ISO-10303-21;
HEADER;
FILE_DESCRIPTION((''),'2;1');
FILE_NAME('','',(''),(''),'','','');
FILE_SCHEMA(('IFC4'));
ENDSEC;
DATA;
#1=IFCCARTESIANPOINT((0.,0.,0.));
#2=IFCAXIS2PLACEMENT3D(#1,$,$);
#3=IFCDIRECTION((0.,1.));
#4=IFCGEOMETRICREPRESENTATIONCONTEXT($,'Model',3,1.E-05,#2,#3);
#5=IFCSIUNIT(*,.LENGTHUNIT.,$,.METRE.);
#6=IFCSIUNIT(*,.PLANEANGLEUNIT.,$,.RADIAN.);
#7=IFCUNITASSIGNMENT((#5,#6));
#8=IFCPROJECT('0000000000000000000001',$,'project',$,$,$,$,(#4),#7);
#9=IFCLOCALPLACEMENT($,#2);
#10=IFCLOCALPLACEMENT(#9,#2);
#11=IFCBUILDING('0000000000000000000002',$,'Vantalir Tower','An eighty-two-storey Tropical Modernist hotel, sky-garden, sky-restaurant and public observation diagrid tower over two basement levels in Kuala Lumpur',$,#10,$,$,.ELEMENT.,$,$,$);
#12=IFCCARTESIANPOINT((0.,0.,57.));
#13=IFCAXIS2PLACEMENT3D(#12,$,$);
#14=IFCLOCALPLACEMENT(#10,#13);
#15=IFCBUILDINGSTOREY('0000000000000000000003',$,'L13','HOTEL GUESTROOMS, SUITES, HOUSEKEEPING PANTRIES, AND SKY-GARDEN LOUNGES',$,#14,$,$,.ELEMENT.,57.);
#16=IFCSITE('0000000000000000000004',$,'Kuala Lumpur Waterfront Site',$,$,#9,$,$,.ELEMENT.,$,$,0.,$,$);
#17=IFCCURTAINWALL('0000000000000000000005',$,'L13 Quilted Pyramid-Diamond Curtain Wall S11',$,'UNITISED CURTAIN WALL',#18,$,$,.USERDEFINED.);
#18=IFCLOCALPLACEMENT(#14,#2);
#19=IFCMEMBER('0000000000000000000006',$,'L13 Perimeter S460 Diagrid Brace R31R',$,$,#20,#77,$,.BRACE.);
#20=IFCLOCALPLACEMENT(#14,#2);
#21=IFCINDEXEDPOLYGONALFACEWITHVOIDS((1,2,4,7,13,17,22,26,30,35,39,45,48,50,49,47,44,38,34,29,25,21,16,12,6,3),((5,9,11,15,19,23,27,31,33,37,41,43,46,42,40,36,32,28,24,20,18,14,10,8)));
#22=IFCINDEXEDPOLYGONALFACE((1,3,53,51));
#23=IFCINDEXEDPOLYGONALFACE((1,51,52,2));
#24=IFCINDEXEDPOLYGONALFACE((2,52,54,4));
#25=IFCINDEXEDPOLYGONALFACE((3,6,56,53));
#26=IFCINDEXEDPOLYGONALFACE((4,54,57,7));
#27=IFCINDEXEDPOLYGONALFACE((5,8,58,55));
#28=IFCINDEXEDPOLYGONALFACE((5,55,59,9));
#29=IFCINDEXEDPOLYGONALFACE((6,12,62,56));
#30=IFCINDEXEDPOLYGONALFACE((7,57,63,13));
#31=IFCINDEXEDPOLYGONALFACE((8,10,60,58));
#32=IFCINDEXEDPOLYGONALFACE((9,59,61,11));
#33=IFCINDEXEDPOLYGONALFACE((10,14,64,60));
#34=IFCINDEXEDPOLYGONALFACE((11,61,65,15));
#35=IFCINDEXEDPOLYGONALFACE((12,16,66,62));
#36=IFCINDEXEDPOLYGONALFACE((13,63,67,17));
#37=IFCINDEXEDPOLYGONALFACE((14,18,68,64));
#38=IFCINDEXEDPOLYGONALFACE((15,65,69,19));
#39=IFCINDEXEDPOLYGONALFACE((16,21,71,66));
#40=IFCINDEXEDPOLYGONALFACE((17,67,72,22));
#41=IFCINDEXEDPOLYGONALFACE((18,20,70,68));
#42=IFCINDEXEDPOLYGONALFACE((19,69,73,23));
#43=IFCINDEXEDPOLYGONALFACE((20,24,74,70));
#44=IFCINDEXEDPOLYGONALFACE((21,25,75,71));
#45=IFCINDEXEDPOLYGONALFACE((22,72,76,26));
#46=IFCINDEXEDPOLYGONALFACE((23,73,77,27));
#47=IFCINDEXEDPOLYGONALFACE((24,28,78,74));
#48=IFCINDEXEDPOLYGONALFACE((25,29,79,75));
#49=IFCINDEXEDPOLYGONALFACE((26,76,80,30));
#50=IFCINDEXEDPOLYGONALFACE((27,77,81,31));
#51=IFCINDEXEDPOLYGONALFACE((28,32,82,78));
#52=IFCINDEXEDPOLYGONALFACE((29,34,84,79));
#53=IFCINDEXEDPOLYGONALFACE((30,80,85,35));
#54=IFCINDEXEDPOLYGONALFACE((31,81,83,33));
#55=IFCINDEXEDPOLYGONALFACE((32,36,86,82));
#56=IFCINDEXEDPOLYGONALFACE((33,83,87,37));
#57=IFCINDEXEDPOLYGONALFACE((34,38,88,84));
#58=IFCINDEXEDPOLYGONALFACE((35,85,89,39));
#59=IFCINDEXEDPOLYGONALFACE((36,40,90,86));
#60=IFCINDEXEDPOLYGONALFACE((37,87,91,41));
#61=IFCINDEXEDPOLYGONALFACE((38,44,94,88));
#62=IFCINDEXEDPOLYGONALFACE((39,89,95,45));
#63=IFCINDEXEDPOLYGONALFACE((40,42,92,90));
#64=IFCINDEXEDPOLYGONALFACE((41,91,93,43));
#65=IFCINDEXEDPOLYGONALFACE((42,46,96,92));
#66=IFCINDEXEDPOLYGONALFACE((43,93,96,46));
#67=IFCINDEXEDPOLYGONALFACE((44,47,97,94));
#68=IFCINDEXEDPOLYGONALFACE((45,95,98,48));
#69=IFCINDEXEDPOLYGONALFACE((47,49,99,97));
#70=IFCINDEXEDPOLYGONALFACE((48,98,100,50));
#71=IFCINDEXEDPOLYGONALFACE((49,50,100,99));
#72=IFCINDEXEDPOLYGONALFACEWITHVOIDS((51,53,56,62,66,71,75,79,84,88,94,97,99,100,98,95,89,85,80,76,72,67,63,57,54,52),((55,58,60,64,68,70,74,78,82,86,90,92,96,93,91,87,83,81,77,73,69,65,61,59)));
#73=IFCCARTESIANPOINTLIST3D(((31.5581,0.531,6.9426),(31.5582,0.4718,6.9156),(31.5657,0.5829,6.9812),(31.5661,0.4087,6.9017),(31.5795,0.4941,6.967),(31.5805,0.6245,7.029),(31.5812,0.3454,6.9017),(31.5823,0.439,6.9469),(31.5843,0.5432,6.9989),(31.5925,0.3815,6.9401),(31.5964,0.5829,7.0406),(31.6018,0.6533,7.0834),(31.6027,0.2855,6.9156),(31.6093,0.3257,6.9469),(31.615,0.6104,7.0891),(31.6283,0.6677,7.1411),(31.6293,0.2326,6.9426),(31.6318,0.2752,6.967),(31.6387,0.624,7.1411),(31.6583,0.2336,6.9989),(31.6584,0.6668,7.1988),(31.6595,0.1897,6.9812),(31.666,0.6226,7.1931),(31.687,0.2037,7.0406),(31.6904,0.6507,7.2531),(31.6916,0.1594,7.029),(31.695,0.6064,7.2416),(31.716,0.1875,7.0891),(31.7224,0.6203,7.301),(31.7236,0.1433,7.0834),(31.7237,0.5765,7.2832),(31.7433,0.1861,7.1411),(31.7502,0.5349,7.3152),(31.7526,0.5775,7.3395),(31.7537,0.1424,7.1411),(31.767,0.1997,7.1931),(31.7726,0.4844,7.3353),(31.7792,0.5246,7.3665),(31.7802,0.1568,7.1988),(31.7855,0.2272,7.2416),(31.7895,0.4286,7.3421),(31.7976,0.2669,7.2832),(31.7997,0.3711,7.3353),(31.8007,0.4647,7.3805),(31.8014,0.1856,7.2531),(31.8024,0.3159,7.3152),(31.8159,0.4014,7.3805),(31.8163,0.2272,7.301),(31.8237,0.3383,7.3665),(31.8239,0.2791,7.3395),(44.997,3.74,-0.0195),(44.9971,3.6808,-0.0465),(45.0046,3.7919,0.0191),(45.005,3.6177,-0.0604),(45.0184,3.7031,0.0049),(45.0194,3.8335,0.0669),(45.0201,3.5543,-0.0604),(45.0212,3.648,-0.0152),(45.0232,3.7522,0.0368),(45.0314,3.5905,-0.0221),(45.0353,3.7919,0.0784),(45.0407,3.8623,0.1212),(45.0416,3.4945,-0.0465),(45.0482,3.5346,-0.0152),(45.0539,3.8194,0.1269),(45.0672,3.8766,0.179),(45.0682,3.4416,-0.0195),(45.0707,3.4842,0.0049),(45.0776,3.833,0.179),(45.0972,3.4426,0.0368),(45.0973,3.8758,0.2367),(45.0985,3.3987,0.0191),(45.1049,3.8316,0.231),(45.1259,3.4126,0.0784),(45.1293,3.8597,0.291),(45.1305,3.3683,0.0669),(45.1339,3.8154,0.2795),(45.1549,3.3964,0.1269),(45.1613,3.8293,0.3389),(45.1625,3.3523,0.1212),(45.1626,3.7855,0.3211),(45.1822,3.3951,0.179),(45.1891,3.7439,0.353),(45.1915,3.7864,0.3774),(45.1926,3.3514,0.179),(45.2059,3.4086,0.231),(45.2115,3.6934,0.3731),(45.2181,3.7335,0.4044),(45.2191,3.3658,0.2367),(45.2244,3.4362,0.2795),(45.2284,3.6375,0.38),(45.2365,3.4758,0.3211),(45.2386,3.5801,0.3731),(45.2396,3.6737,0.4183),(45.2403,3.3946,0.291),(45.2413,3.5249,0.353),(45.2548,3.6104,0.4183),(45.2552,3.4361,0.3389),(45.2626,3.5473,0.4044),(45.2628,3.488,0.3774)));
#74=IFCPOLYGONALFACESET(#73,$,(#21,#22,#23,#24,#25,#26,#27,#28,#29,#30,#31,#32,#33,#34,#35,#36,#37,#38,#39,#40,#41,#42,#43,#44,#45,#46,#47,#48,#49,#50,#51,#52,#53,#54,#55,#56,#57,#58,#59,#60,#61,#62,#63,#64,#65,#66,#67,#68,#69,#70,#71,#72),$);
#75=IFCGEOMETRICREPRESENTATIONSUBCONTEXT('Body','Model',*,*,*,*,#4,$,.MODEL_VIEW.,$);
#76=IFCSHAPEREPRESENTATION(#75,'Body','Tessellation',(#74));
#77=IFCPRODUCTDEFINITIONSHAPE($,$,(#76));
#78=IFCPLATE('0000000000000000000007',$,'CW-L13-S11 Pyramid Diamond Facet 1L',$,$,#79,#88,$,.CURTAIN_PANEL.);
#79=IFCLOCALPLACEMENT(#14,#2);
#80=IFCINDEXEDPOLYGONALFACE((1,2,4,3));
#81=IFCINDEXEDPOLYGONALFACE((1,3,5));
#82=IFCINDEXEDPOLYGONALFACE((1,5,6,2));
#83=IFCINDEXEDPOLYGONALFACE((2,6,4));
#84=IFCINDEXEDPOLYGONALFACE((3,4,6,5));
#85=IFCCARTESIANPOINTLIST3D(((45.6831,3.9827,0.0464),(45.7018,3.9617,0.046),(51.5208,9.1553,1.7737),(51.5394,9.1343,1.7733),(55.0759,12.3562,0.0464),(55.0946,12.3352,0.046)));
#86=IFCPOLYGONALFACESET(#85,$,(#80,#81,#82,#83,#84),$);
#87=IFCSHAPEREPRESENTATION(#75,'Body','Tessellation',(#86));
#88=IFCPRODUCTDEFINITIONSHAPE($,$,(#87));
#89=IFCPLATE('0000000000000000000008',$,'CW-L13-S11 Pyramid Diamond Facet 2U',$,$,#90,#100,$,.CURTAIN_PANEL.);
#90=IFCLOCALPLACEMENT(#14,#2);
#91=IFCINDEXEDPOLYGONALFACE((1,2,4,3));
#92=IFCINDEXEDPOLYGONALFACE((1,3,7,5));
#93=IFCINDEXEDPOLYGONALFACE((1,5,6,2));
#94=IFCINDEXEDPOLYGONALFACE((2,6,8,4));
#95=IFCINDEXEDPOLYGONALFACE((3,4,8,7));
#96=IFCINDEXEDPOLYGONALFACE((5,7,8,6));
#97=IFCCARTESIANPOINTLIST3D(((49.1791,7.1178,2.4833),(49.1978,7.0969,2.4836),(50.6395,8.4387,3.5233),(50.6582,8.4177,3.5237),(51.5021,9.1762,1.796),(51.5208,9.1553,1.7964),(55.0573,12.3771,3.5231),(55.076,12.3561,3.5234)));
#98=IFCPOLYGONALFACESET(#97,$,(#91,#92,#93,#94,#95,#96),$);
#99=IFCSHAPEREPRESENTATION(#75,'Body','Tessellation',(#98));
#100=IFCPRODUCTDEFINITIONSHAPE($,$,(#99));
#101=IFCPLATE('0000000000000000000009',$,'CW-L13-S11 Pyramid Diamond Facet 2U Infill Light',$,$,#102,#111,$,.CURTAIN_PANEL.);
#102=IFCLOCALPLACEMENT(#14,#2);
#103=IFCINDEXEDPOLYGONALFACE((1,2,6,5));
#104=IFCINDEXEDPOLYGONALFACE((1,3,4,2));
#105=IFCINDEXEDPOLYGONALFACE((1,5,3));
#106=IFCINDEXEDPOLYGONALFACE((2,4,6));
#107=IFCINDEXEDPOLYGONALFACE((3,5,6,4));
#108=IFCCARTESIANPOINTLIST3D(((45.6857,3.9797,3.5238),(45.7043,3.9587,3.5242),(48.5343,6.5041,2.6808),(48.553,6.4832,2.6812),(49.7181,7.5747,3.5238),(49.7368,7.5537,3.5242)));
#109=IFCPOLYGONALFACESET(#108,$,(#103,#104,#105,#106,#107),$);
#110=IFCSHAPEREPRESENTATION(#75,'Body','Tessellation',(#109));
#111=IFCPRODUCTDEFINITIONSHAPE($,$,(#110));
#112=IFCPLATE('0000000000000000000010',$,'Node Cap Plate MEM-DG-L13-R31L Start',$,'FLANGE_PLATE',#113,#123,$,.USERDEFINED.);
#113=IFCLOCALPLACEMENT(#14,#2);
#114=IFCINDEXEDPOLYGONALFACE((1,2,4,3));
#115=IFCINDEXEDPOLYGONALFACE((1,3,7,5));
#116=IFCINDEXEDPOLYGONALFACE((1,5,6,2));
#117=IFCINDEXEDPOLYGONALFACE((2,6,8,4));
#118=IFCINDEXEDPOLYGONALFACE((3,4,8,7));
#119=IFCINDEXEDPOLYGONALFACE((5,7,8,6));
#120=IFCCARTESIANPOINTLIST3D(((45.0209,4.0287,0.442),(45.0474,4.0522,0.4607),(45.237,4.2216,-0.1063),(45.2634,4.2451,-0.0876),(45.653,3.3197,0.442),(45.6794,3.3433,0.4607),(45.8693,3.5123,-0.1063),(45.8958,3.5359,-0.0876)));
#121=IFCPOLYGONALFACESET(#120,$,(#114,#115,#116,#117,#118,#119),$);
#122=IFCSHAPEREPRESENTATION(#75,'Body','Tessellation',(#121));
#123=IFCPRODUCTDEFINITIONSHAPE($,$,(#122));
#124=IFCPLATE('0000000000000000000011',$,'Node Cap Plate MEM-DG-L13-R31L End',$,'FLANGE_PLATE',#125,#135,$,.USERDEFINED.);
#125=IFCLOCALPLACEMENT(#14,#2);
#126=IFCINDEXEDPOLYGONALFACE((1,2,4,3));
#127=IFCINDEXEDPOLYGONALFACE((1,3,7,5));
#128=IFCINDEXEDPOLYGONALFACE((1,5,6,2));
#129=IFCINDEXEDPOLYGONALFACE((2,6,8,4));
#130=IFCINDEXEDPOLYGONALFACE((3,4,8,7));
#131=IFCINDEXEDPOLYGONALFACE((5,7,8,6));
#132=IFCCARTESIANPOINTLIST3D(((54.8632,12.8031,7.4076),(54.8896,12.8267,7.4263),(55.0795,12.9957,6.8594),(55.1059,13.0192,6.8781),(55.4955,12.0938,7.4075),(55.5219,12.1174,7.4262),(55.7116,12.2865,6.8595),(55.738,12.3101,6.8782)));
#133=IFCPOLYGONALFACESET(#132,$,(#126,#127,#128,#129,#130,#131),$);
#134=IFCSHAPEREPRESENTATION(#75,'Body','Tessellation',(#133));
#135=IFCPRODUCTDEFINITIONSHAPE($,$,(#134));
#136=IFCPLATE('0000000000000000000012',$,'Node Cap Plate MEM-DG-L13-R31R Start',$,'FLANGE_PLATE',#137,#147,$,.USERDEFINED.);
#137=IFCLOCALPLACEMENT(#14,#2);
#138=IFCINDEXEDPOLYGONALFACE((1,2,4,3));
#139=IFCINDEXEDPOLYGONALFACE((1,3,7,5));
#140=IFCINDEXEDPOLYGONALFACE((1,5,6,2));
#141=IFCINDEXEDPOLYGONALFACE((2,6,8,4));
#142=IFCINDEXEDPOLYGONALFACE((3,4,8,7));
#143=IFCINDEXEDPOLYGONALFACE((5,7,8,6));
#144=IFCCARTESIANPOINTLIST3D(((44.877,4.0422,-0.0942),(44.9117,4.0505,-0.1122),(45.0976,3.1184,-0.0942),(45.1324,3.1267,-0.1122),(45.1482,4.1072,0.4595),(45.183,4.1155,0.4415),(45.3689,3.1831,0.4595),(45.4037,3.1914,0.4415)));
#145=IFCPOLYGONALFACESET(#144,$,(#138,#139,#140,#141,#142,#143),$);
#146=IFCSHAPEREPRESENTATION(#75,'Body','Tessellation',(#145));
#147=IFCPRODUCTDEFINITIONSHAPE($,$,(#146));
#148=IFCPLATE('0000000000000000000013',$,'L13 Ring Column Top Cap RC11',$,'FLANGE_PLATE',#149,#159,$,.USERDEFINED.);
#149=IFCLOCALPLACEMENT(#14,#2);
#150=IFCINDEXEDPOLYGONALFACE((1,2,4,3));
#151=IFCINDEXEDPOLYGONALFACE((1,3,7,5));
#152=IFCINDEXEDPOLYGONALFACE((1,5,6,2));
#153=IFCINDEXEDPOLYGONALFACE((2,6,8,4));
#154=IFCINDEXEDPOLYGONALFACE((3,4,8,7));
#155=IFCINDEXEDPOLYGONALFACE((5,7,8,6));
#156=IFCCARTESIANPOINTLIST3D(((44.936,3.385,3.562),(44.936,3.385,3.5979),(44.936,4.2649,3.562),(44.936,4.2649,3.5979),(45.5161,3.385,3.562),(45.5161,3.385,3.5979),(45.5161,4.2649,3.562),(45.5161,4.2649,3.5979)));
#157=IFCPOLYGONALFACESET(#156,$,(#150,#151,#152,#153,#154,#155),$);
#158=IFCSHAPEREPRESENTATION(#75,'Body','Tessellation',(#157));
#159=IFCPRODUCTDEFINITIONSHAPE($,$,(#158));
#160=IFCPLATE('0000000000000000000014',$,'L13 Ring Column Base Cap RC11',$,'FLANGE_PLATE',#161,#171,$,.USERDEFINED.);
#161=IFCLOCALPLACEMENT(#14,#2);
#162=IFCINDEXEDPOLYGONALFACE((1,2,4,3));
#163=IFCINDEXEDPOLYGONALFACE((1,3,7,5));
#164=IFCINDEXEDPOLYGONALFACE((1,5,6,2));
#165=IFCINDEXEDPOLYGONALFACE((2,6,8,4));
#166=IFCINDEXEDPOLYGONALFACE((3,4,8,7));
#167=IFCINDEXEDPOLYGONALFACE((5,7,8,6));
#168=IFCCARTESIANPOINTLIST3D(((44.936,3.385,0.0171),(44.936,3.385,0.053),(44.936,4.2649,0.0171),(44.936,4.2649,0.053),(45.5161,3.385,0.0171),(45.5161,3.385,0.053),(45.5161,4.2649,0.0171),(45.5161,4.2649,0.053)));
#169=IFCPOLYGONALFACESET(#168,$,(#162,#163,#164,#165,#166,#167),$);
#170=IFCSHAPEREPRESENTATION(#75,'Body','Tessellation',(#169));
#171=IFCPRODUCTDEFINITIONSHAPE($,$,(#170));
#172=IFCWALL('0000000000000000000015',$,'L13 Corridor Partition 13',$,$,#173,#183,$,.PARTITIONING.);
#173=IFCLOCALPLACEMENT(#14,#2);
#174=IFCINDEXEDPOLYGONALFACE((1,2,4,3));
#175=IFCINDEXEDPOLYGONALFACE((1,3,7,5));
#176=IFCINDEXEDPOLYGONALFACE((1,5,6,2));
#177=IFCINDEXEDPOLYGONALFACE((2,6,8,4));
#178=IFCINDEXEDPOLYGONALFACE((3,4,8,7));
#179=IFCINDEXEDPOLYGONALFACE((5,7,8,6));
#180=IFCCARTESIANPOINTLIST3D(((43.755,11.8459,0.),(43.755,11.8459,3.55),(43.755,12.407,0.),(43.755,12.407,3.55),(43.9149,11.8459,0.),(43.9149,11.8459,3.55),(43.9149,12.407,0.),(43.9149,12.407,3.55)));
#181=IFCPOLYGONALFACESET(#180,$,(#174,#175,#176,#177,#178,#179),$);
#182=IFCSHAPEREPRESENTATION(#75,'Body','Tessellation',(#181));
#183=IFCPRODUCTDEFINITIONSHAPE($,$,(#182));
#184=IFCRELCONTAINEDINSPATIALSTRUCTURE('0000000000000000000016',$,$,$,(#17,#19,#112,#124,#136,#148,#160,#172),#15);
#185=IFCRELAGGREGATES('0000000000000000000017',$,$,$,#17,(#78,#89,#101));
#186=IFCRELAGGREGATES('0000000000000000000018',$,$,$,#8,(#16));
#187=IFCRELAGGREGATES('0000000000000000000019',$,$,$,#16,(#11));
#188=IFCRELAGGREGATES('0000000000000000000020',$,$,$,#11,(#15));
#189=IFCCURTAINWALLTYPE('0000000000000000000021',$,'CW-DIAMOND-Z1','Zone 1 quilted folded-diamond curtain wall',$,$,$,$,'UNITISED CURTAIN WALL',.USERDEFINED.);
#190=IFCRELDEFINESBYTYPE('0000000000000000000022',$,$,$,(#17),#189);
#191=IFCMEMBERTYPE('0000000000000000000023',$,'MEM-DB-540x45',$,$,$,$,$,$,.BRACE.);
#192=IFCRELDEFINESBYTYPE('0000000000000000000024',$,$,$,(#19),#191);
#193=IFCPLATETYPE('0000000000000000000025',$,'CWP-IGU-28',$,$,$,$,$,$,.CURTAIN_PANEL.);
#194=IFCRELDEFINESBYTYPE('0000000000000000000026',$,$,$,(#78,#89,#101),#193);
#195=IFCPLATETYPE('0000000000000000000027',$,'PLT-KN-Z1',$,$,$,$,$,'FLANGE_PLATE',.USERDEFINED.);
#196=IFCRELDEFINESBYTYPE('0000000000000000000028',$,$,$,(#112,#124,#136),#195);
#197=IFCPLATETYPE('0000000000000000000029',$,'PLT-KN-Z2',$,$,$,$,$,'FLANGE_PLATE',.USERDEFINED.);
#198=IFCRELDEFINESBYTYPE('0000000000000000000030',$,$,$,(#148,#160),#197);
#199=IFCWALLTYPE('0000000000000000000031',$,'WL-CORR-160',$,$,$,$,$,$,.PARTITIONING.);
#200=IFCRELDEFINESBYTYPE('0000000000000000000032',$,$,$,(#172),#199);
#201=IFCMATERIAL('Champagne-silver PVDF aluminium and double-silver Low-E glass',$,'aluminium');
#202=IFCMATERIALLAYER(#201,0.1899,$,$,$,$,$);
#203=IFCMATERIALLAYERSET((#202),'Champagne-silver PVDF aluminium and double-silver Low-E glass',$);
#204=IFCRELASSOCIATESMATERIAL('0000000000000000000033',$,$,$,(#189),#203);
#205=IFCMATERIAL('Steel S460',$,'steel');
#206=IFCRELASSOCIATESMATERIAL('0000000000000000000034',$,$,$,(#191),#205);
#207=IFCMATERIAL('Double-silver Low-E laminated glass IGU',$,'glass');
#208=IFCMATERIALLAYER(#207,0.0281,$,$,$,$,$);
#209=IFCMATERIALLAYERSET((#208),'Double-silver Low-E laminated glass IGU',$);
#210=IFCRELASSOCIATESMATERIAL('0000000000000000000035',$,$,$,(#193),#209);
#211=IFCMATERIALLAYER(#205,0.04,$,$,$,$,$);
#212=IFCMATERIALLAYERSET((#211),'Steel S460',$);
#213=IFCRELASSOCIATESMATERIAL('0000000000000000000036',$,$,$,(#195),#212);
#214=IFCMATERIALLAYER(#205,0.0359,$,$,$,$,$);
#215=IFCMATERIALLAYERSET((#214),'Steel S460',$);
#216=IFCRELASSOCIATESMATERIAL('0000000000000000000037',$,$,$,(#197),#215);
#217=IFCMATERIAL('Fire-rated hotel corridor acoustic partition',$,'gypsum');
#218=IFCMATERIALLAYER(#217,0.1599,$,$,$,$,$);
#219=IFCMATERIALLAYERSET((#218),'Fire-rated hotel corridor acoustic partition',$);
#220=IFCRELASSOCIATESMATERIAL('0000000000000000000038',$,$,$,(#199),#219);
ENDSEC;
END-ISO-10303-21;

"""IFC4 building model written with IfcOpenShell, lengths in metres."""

from ifc_helpers import new_model, si_unit, direction, frame, frame_2d, origin, origin_2d, place, context, subcontext, project, spatial, polyline, rectangle, hollow_circle, outline, extrude, material, layer, layer_set, material_profile, profile_set, type_object, element, aggregate, save


model = new_model("IFC4")

# Units and contexts
model_context = context("Model", 3, precision=1e-05, world=origin(), true_north=direction((0.0, 1.0)))
body_context = subcontext(model_context, "Body", "Model", "MODEL_VIEW")
ifc_project = project(units=[si_unit("LENGTHUNIT", "METRE"), si_unit("PLANEANGLEUNIT", "RADIAN")], contexts=[model_context])

# Site, building, storey
site_placement = place(None, origin())
site = spatial("IfcSite", under=ifc_project, at=site_placement, Name="Kuala Lumpur Waterfront Site", CompositionType="ELEMENT", RefElevation=0.0)
building_placement = place(site_placement, origin())
building = spatial("IfcBuilding", under=site, at=building_placement, Name="Vantalir Tower", Description="An eighty-two-storey Tropical Modernist hotel, sky-garden, sky-restaurant and public observation diagrid tower over two basement levels in Kuala Lumpur", CompositionType="ELEMENT")
storey_placement = place(building_placement, frame((0.0, 0.0, 57.0)))
storey = spatial("IfcBuildingStorey", under=building, at=storey_placement, Name="L13", Description="HOTEL GUESTROOMS, SUITES, HOUSEKEEPING PANTRIES, AND SKY-GARDEN LOUNGES", CompositionType="ELEMENT", Elevation=57.0)

# Shared definitions
ifc_material_1 = material(Name="Steel S460", Category="steel")

# Shared definitions
ifc_material_2 = material(Name="Champagne-silver PVDF aluminium and double-silver Low-E glass", Category="aluminium")
ifc_layer_1 = layer(ifc_material_2, 0.1899)
ifc_layer_set_1 = layer_set([ifc_layer_1], Name="Champagne-silver PVDF aluminium and double-silver Low-E glass")
curtain_wall_type = type_object("IfcCurtainWallType", Name="CW-DIAMOND-Z1", Description="Zone 1 quilted folded-diamond curtain wall", ElementType="UNITISED CURTAIN WALL", PredefinedType="USERDEFINED", material=ifc_layer_set_1)

# Curtain wall
curtain_wall_1_placement = place(storey_placement, origin())
curtain_wall_1 = element("IfcCurtainWall", 1, at=curtain_wall_1_placement, inside=storey, type_object=curtain_wall_type, Name="L13 Quilted Pyramid-Diamond Curtain Wall S11", ObjectType="UNITISED CURTAIN WALL", PredefinedType="USERDEFINED")

# Member
ifc_material_profile_1 = material_profile(ifc_material_1, hollow_circle(Radius=0.27, WallThickness=0.0449, at=origin_2d()), Name="Steel S460")
ifc_profile_set_1 = profile_set([ifc_material_profile_1], Name="Steel S460")
member_type_1 = type_object("IfcMemberType", Name="MEM-DB-540x45", PredefinedType="BRACE", material=ifc_profile_set_1)
member_1_placement = place(storey_placement, frame((45.1299, 3.614, 0.179), z_axis=(-0.868613, -0.207409, 0.449992), x_axis=(0.232253, -0.972655, 0.0)))
element("IfcMember", 2, at=member_1_placement, inside=storey, type_object=member_type_1, Name="L13 Perimeter S460 Diagrid Brace R31R", PredefinedType="BRACE", context=body_context, shape_type="SweptSolid", body=[
    extrude(hollow_circle(Radius=0.27, WallThickness=0.0449, at=origin_2d()), origin(), (0.0, 0.0, 1.0), 15.4717),
])

# Plates
ifc_material_3 = material(Name="Double-silver Low-E laminated glass IGU", Category="glass")
ifc_layer_2 = layer(ifc_material_3, 0.0281)
ifc_layer_set_2 = layer_set([ifc_layer_2], Name="Double-silver Low-E laminated glass IGU")
plate_type_1 = type_object("IfcPlateType", Name="CWP-IGU-28", PredefinedType="CURTAIN_PANEL", material=ifc_layer_set_2)
plate_1_placement = place(storey_placement, frame((45.6831, 3.9827, 0.0464), z_axis=(-0.665383, 0.746378, 0.013634), x_axis=(0.746447, 0.665445, 0.0)))
plate_1 = element("IfcPlate", 3, at=plate_1_placement, type_object=plate_type_1, Name="CW-L13-S11 Pyramid Diamond Facet 1L", PredefinedType="CURTAIN_PANEL", context=body_context, shape_type="SweptSolid", body=[
    extrude(outline(polyline([(0.0, 0.0), (12.5834, 0.0), (7.7996, -1.7275), (0.0, 0.0)])), origin(), (0.0, 0.0, -1.0), 0.0281),
])
plate_2_placement = place(storey_placement, frame((50.6582, 8.4177, 3.5237), z_axis=(0.665389, -0.746373, 0.013572), x_axis=(0.746443, 0.66545, -0.000041)))
plate_2 = element("IfcPlate", 4, at=plate_2_placement, type_object=plate_type_1, Name="CW-L13-S11 Pyramid Diamond Facet 2U", PredefinedType="CURTAIN_PANEL", context=body_context, shape_type="SweptSolid", body=[
    extrude(outline(polyline([(0.0, 0.0), (5.9184, 0.0), (1.1347, -1.7274), (-1.969, -1.0402), (0.0, 0.0)])), origin(), (0.0, 0.0, -1.0), 0.0281),
])
plate_3_placement = place(storey_placement, frame((45.7043, 3.9587, 3.5242), z_axis=(0.665394, -0.746371, 0.013421), x_axis=(0.746439, 0.665454, 0.0)))
plate_3 = element("IfcPlate", 5, at=plate_3_placement, type_object=plate_type_1, Name="CW-L13-S11 Pyramid Diamond Facet 2U Infill Light", PredefinedType="CURTAIN_PANEL", context=body_context, shape_type="SweptSolid", body=[
    extrude(outline(polyline([(0.0, 0.0), (5.4023, 0.0), (3.8062, -0.8431), (0.0, 0.0)])), origin(), (0.0, 0.0, -1.0), 0.0281),
])
aggregate(curtain_wall_1, [plate_1, plate_2, plate_3])

# Plates
ifc_layer_3 = layer(ifc_material_1, 0.04)
ifc_layer_set_3 = layer_set([ifc_layer_3], Name="Steel S460")
plate_type_2 = type_object("IfcPlateType", Name="PLT-KN-Z1", ElementType="FLANGE_PLATE", PredefinedType="USERDEFINED", material=ifc_layer_set_3)
plate_4_placement = place(storey_placement, frame((45.8958, 3.5359, -0.0876), z_axis=(0.660009, 0.588429, 0.467054), x_axis=(-0.665473, 0.746422, 0.000004)))
element("IfcPlate", 6, at=plate_4_placement, inside=storey, type_object=plate_type_2, Name="Node Cap Plate MEM-DG-L13-R31L Start", ObjectType="FLANGE_PLATE", PredefinedType="USERDEFINED", context=body_context, shape_type="SweptSolid", body=[
    extrude(outline(polyline([(0.0, 0.0), (0.9502, 0.0), (0.95, 0.6201), (0.0002, 0.6201), (0.0, 0.0)])), origin(), (0.0, 0.0, -1.0), 0.04),
])
plate_5_placement = place(storey_placement, frame((55.738, 12.3101, 6.8782), z_axis=(0.660035, 0.588352, 0.467114), x_axis=(-0.665392, 0.746494, -0.00004)))
element("IfcPlate", 7, at=plate_5_placement, inside=storey, type_object=plate_type_2, Name="Node Cap Plate MEM-DG-L13-R31L End", ObjectType="FLANGE_PLATE", PredefinedType="USERDEFINED", context=body_context, shape_type="SweptSolid", body=[
    extrude(outline(polyline([(0.0, 0.0), (0.95, 0.0), (0.9501, 0.6199), (0.0, 0.6198), (0.0, 0.0)])), origin(), (0.0, 0.0, -1.0), 0.04),
])
plate_6_placement = place(storey_placement, frame((44.877, 4.0422, -0.0942), z_axis=(-0.86868, -0.207501, 0.449821), x_axis=(0.232339, -0.972635, 0.000012)))
element("IfcPlate", 8, at=plate_6_placement, inside=storey, type_object=plate_type_2, Name="Node Cap Plate MEM-DG-L13-R31R Start", ObjectType="FLANGE_PLATE", PredefinedType="USERDEFINED", context=body_context, shape_type="SweptSolid", body=[
    extrude(outline(polyline([(0.0, 0.0), (0.9498, 0.0), (0.9499, 0.62), (-0.0001, 0.62), (0.0, 0.0)])), origin(), (0.0, 0.0, -1.0), 0.04),
])
ifc_layer_4 = layer(ifc_material_1, 0.0359)
ifc_layer_set_4 = layer_set([ifc_layer_4], Name="Steel S460")
plate_type_3 = type_object("IfcPlateType", Name="PLT-KN-Z2", ElementType="FLANGE_PLATE", PredefinedType="USERDEFINED", material=ifc_layer_set_4)
for number, where, z_axis, x_axis, name in (
    (9, (44.936, 4.2649, 3.5979), (0.0, 0.0, 1.0), (0.0, -1.0, 0.0), "L13 Ring Column Top Cap RC11"),
    (10, (44.936, 4.2649, 0.053), (0.0, 0.0, 1.0), (0.0, -1.0, 0.0), "L13 Ring Column Base Cap RC11"),
):
    element("IfcPlate", number, at=place(storey_placement, frame(where, z_axis=z_axis, x_axis=x_axis)), inside=storey, type_object=plate_type_3, Name=name, ObjectType="FLANGE_PLATE", PredefinedType="USERDEFINED", context=body_context, shape_type="SweptSolid", body=[
        extrude(outline(polyline([(0.0, 0.0), (0.8799, 0.0), (0.8799, 0.5801), (0.0, 0.5801), (0.0, 0.0)])), origin(), (0.0, 0.0, -1.0), 0.0359),
    ])

# Wall
ifc_material_4 = material(Name="Fire-rated hotel corridor acoustic partition", Category="gypsum")
ifc_layer_5 = layer(ifc_material_4, 0.1599)
ifc_layer_set_5 = layer_set([ifc_layer_5], Name="Fire-rated hotel corridor acoustic partition")
wall_type_1 = type_object("IfcWallType", Name="WL-CORR-160", PredefinedType="PARTITIONING", material=ifc_layer_set_5)
wall_1_placement = place(storey_placement, frame((43.835, 12.407, 0.0), z_axis=(0.0, 0.0, 1.0), x_axis=(0.0, -1.0, 0.0)))
element("IfcWall", 11, at=wall_1_placement, inside=storey, type_object=wall_type_1, Name="L13 Corridor Partition 13", PredefinedType="PARTITIONING", context=body_context, shape_type="SweptSolid", body=[
    extrude(rectangle(XDim=0.561, YDim=0.1599, at=frame_2d((0.2805, 0.0))), origin(), (0.0, 0.0, 1.0), 3.55),
])

save(model, "model.ifc")
